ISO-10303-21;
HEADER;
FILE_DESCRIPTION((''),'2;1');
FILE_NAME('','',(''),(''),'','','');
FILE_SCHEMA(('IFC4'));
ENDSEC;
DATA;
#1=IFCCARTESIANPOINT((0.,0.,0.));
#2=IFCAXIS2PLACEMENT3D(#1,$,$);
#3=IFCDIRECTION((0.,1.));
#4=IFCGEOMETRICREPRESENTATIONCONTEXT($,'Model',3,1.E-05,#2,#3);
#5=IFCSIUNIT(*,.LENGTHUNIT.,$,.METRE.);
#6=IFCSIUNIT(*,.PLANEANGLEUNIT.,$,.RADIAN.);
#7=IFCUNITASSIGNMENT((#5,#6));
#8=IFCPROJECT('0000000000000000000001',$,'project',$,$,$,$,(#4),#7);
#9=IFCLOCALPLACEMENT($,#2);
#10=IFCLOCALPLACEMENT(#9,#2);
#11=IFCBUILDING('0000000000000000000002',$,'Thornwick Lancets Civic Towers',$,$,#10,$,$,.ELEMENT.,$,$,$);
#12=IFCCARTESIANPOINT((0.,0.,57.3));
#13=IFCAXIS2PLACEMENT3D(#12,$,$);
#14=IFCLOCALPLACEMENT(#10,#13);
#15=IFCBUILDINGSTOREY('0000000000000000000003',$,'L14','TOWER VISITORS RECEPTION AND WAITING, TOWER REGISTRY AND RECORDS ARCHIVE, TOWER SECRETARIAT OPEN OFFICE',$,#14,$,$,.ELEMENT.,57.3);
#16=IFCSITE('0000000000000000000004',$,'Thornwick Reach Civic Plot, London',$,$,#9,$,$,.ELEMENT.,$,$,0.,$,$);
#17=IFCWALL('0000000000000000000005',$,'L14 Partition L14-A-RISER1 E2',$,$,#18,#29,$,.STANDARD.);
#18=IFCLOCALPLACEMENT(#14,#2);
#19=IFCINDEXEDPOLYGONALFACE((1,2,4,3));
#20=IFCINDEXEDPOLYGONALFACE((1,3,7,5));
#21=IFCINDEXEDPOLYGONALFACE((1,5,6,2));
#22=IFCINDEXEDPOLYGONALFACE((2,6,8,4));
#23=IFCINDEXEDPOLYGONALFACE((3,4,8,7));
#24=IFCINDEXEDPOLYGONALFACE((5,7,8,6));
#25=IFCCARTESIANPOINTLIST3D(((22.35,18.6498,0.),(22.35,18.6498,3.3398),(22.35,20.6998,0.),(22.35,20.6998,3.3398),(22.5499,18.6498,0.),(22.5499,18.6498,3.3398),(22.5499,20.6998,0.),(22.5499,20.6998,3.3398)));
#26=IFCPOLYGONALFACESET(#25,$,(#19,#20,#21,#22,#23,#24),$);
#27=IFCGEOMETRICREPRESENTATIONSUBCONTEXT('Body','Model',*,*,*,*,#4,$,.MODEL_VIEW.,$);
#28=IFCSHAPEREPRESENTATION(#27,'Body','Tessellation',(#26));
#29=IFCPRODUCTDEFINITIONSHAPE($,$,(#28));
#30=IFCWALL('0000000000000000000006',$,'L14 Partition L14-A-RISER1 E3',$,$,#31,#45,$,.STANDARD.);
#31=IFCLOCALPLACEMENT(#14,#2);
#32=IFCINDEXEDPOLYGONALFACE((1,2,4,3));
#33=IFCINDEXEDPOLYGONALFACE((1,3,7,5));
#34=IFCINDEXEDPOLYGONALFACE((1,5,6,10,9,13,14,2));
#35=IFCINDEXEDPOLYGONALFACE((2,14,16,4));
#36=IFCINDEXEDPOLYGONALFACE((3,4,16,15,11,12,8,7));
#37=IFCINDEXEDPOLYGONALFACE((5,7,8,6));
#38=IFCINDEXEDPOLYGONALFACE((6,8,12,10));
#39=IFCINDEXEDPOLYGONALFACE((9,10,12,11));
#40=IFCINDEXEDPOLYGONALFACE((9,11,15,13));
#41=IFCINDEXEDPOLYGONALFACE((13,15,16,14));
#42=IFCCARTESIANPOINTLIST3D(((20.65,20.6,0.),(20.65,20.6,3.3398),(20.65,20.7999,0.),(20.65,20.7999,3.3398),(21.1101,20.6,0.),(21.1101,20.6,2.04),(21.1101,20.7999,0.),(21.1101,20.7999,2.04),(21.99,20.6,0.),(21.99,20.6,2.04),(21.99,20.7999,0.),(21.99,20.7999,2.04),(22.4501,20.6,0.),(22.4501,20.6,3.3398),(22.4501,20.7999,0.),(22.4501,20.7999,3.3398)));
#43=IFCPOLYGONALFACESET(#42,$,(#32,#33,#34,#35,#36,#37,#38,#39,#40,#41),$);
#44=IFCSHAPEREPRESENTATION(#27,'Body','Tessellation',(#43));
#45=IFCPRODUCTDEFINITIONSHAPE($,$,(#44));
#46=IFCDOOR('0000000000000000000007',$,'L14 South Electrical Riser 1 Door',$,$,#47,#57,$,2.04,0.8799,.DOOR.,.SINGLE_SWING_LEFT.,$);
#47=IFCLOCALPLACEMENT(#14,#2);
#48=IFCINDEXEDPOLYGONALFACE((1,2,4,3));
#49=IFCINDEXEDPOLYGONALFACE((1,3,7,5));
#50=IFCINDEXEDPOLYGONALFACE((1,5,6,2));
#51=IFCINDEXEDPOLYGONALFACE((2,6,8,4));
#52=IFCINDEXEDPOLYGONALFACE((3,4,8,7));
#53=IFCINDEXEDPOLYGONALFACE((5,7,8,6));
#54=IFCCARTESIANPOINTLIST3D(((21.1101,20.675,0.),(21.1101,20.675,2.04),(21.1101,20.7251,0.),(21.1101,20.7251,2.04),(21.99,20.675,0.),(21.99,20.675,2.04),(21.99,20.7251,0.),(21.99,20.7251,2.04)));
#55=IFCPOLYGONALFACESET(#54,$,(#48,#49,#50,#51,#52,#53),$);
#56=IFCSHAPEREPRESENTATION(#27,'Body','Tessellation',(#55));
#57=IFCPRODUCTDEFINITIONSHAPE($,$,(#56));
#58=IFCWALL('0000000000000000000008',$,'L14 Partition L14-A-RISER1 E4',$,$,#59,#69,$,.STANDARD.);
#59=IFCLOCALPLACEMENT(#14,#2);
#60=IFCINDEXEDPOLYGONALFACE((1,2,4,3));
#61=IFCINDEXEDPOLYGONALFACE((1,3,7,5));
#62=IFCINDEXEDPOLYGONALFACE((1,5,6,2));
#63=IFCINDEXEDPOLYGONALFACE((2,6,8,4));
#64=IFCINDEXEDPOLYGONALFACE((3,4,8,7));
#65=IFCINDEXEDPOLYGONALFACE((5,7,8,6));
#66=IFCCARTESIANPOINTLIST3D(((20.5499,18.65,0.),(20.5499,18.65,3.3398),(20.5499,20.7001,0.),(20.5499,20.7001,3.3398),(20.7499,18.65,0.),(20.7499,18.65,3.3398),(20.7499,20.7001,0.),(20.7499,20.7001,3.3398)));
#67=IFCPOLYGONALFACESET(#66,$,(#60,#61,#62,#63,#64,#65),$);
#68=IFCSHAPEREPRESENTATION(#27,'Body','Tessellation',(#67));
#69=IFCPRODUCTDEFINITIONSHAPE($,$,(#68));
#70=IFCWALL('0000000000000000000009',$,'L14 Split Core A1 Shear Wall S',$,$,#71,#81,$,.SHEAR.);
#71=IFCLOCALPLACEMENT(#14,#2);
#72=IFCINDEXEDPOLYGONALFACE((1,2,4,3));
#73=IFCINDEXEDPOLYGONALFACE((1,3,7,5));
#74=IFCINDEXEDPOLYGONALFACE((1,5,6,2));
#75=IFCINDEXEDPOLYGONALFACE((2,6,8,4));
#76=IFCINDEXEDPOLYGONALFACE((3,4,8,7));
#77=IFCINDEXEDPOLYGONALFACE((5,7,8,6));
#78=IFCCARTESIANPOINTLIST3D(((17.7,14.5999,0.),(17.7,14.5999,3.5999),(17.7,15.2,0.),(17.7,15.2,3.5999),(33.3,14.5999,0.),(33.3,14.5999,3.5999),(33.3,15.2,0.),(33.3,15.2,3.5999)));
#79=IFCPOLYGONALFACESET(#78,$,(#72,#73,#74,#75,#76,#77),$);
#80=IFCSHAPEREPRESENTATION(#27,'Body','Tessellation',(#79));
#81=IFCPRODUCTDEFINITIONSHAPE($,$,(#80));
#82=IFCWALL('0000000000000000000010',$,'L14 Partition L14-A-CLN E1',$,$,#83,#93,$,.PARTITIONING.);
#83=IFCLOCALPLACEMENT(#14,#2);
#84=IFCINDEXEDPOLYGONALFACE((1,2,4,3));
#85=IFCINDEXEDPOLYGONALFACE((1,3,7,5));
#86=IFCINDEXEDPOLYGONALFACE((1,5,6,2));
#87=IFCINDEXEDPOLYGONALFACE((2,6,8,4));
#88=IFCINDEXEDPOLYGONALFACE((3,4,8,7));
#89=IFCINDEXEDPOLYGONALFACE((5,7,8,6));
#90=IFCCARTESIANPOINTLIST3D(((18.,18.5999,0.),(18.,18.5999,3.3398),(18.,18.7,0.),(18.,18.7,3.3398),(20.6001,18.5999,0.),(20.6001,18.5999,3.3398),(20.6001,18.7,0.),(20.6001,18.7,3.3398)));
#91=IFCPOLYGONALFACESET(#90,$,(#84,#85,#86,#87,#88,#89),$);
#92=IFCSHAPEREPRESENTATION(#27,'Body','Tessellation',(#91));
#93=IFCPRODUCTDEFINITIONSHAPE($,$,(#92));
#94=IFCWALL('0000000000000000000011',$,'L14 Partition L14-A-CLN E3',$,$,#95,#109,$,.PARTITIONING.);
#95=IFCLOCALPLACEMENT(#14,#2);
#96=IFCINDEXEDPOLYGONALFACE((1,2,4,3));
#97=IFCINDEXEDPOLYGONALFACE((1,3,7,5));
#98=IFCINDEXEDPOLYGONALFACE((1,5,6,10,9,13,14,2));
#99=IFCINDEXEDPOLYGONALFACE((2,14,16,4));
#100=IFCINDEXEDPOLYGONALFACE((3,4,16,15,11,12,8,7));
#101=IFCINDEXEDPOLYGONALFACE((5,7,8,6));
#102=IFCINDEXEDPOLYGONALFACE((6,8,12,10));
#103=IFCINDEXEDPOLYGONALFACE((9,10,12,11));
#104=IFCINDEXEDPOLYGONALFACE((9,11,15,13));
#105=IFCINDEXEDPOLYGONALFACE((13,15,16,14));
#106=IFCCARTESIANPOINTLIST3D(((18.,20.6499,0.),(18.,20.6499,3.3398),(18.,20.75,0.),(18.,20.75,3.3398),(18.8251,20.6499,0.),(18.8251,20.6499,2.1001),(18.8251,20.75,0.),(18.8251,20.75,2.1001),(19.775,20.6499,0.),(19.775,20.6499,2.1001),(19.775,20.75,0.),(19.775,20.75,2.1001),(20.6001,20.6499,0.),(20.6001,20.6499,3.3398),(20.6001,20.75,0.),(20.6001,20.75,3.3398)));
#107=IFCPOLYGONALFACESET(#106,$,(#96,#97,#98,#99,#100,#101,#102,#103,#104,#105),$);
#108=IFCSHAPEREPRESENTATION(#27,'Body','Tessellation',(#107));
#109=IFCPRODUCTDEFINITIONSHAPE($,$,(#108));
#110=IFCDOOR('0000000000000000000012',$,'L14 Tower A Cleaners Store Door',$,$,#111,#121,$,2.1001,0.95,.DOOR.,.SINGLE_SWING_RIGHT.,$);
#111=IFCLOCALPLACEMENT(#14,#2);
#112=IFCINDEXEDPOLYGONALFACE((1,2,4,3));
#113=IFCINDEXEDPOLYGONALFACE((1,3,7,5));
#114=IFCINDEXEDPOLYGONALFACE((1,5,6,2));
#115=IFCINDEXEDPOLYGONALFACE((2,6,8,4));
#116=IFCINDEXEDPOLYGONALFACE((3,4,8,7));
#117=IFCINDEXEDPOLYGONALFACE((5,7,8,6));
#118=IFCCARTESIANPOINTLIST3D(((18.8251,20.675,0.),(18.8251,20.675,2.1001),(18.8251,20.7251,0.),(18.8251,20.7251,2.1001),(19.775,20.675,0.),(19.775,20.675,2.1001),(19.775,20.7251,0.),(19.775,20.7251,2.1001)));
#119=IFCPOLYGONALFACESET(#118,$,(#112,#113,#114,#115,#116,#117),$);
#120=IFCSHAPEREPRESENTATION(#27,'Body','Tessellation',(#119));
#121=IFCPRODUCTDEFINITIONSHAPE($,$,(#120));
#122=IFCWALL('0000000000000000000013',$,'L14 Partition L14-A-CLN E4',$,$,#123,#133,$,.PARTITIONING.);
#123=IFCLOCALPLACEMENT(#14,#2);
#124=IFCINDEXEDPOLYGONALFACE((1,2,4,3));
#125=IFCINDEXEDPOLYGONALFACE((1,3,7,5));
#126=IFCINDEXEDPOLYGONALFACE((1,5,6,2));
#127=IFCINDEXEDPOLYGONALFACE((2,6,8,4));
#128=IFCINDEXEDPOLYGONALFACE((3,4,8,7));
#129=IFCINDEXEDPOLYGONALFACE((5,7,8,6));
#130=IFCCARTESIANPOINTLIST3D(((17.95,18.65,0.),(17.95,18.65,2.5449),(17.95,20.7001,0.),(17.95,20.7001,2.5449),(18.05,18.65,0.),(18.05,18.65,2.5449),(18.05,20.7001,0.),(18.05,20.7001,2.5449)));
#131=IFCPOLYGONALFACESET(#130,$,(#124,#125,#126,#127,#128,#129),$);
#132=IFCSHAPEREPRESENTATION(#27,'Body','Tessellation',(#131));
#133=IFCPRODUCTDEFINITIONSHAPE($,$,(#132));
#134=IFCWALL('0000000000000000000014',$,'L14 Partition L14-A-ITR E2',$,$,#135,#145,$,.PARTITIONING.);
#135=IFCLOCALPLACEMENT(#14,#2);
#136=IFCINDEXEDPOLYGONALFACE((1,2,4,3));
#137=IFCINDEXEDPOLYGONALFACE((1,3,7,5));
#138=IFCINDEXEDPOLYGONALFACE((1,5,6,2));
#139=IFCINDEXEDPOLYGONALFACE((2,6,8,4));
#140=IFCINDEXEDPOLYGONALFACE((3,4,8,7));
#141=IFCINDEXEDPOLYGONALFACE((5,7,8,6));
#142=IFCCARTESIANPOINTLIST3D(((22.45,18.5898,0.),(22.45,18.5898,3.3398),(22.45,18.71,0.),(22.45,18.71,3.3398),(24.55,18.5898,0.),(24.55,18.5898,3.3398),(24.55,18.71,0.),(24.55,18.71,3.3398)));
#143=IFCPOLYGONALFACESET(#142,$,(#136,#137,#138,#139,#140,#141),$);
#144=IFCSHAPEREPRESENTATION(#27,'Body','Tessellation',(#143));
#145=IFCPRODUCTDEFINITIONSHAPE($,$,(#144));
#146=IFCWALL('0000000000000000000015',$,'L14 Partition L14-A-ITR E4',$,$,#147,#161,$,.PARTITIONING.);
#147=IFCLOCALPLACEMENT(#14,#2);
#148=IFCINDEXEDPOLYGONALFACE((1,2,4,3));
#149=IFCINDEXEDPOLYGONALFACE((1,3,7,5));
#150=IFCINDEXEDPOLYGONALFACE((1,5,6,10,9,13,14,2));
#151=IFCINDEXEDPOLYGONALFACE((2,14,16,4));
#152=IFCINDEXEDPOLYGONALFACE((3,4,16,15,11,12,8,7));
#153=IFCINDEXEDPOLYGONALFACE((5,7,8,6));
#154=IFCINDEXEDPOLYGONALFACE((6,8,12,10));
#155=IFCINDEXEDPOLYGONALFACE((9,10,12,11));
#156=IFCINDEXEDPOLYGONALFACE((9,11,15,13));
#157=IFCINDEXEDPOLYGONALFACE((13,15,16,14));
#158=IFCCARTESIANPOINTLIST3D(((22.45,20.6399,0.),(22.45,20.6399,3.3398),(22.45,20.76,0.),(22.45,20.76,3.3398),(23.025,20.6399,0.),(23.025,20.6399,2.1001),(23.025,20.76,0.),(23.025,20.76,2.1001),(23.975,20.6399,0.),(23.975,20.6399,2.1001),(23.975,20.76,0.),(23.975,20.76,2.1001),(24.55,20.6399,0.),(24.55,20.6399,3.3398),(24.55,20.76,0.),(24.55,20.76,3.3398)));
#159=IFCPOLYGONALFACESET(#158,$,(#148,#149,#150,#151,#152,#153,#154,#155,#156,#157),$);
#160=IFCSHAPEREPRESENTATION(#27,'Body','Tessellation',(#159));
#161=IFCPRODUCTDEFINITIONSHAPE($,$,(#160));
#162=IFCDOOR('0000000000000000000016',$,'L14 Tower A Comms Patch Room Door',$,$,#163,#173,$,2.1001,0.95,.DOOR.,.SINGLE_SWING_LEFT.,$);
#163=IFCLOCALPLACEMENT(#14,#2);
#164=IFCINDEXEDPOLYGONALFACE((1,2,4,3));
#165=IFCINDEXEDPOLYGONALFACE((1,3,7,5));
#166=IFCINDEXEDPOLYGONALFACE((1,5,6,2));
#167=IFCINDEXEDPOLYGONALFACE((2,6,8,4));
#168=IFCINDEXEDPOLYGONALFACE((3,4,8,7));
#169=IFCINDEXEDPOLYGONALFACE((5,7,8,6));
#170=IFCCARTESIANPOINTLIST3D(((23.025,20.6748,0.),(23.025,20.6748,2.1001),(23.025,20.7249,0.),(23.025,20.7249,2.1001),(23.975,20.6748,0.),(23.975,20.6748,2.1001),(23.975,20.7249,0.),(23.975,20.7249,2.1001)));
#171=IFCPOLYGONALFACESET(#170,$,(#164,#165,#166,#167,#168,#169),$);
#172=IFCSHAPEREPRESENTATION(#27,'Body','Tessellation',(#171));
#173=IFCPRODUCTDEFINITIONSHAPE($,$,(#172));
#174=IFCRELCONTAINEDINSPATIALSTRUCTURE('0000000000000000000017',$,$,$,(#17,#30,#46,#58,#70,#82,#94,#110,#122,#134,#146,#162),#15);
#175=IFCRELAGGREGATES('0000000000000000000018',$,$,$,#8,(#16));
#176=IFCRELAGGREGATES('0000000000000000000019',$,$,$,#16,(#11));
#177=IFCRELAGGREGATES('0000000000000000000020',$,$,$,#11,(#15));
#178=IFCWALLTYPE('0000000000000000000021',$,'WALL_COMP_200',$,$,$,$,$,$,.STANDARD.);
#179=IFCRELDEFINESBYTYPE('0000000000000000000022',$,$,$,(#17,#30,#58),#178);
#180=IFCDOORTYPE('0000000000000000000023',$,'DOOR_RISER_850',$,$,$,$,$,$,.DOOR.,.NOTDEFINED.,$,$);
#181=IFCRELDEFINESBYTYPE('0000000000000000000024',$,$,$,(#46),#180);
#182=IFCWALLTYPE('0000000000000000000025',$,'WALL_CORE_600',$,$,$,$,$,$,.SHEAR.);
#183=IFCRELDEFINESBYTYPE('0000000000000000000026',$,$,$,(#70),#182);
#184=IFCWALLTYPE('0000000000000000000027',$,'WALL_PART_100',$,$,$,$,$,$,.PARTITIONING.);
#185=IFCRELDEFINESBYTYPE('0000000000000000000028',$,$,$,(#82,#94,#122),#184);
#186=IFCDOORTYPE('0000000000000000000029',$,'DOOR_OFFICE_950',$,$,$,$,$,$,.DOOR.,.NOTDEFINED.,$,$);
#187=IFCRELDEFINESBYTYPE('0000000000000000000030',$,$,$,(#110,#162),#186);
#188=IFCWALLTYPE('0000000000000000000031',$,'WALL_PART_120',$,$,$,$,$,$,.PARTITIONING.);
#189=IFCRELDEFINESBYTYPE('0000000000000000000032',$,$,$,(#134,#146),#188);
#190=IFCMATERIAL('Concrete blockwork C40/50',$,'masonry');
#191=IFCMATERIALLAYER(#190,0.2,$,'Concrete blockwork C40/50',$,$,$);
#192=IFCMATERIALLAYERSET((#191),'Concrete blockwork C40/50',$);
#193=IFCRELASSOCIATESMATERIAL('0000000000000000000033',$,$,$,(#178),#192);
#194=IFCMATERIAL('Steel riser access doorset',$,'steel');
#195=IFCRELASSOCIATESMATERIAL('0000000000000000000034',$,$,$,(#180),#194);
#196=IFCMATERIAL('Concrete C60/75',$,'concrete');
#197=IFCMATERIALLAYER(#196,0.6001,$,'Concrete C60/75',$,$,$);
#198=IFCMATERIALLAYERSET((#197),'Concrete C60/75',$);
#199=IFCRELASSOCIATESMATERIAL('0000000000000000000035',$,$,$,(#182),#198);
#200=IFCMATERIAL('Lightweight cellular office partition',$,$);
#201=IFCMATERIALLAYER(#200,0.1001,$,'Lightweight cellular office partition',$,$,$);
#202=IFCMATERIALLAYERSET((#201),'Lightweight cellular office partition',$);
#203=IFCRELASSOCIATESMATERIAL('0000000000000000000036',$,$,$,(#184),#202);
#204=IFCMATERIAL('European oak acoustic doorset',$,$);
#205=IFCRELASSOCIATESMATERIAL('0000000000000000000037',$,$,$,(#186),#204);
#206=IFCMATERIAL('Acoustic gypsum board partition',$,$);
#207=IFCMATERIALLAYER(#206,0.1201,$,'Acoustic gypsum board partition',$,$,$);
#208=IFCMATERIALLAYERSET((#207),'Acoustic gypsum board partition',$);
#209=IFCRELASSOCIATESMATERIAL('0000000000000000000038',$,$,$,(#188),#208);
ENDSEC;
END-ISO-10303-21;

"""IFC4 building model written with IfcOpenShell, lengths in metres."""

from ifc_helpers import new_model, si_unit, direction, frame, frame_2d, origin, place, context, subcontext, project, spatial, rectangle, extrude, material, layer, layer_set, type_object, element, fill, save


model = new_model("IFC4")

# Units and contexts
model_context = context("Model", 3, precision=1e-05, world=origin(), true_north=direction((0.0, 1.0)))
body_context = subcontext(model_context, "Body", "Model", "MODEL_VIEW")
ifc_project = project(units=[si_unit("LENGTHUNIT", "METRE"), si_unit("PLANEANGLEUNIT", "RADIAN")], contexts=[model_context])

# Site, building, storey
site_placement = place(None, origin())
site = spatial("IfcSite", under=ifc_project, at=site_placement, Name="Thornwick Reach Civic Plot, London", CompositionType="ELEMENT", RefElevation=0.0)
building_placement = place(site_placement, origin())
building = spatial("IfcBuilding", under=site, at=building_placement, Name="Thornwick Lancets Civic Towers", CompositionType="ELEMENT")
storey_placement = place(building_placement, frame((0.0, 0.0, 57.3)))
storey = spatial("IfcBuildingStorey", under=building, at=storey_placement, Name="L14", Description="TOWER VISITORS RECEPTION AND WAITING, TOWER REGISTRY AND RECORDS ARCHIVE, TOWER SECRETARIAT OPEN OFFICE", CompositionType="ELEMENT", Elevation=57.3)

# Shared definitions
ifc_material_1 = material(Name="Concrete C60/75", Category="concrete")

# Shared definitions
ifc_material_2 = material(Name="Concrete blockwork C40/50", Category="masonry")
ifc_layer_1 = layer(ifc_material_2, 0.2, Name="Concrete blockwork C40/50")
ifc_layer_set_1 = layer_set([ifc_layer_1], Name="Concrete blockwork C40/50")
wall_type_1 = type_object("IfcWallType", Name="WALL_COMP_200", PredefinedType="STANDARD", material=ifc_layer_set_1)

# Wall
wall_1_placement = place(storey_placement, frame((22.45, 18.6499, 0.0), z_axis=(0.0, 0.0, 1.0), x_axis=(0.0, 1.0, 0.0)))
element("IfcWall", 1, at=wall_1_placement, inside=storey, type_object=wall_type_1, Name="L14 Partition L14-A-RISER1 E2", PredefinedType="STANDARD", context=body_context, shape_type="SweptSolid", body=[
    extrude(rectangle(XDim=2.05, YDim=0.2, at=frame_2d((1.0249, 0.0))), origin(), (0.0, 0.0, 1.0), 3.3398),
])

# Wall, opening, door
wall_2_placement = place(storey_placement, frame((22.45, 20.7, 0.0), z_axis=(0.0, 0.0, 1.0), x_axis=(-1.0, 0.0, 0.0)))
wall_2 = element("IfcWall", 2, at=wall_2_placement, inside=storey, type_object=wall_type_1, Name="L14 Partition L14-A-RISER1 E3", PredefinedType="STANDARD", context=body_context, shape_type="SweptSolid", body=[
    extrude(rectangle(XDim=1.8, YDim=0.2, at=frame_2d((0.8999, 0.0))), origin(), (0.0, 0.0, 1.0), 3.3398),
])
opening_1_placement = place(wall_2_placement, frame((0.46, 0.0, 0.0)))
opening_1 = element("IfcOpeningElement", 3, at=opening_1_placement, cuts=wall_2, PredefinedType="OPENING", context=body_context, shape_type="SweptSolid", body=[
    extrude(rectangle(XDim=0.8799, YDim=2.04, at=frame_2d((0.4399, 1.02))), frame((0.0, 0.1099, 0.0), z_axis=(0.0, -1.0, 0.0), x_axis=(1.0, 0.0, 0.0)), (0.0, 0.0, 1.0), 0.22),
])
ifc_material_3 = material(Name="Steel riser access doorset", Category="steel")
door_type_1 = type_object("IfcDoorType", Name="DOOR_RISER_850", OperationType="NOTDEFINED", PredefinedType="DOOR", material=ifc_material_3)
door_1_placement = place(opening_1_placement, origin())
door_1 = element("IfcDoor", 4, at=door_1_placement, inside=storey, type_object=door_type_1, Name="L14 South Electrical Riser 1 Door", OperationType="SINGLE_SWING_LEFT", OverallHeight=2.04, OverallWidth=0.8799, PredefinedType="DOOR", context=body_context, shape_type="SweptSolid", body=[
    extrude(rectangle(XDim=0.8799, YDim=2.04, at=frame_2d((0.4399, 1.02))), frame((0.0, 0.0249, 0.0), z_axis=(0.0, -1.0, 0.0), x_axis=(1.0, 0.0, 0.0)), (0.0, 0.0, 1.0), 0.05),
])
fill(opening_1, door_1)

# Walls
wall_3_placement = place(storey_placement, frame((20.6499, 20.7, 0.0), z_axis=(0.0, 0.0, 1.0), x_axis=(0.0, -1.0, 0.0)))
element("IfcWall", 5, at=wall_3_placement, inside=storey, type_object=wall_type_1, Name="L14 Partition L14-A-RISER1 E4", PredefinedType="STANDARD", context=body_context, shape_type="SweptSolid", body=[
    extrude(rectangle(XDim=2.05, YDim=0.2, at=frame_2d((1.0249, 0.0))), origin(), (0.0, 0.0, 1.0), 3.3398),
])
ifc_layer_2 = layer(ifc_material_1, 0.6001, Name="Concrete C60/75")
ifc_layer_set_2 = layer_set([ifc_layer_2], Name="Concrete C60/75")
wall_type_2 = type_object("IfcWallType", Name="WALL_CORE_600", PredefinedType="SHEAR", material=ifc_layer_set_2)
wall_4_placement = place(storey_placement, frame((17.7, 14.8999, 0.0), z_axis=(0.0, 0.0, 1.0), x_axis=(1.0, 0.0, 0.0)))
element("IfcWall", 6, at=wall_4_placement, inside=storey, type_object=wall_type_2, Name="L14 Split Core A1 Shear Wall S", PredefinedType="SHEAR", context=body_context, shape_type="SweptSolid", body=[
    extrude(rectangle(XDim=15.6001, YDim=0.6001, at=frame_2d((7.8, 0.0))), origin(), (0.0, 0.0, 1.0), 3.5999),
])
ifc_material_4 = material(Name="Lightweight cellular office partition")
ifc_layer_3 = layer(ifc_material_4, 0.1001, Name="Lightweight cellular office partition")
ifc_layer_set_3 = layer_set([ifc_layer_3], Name="Lightweight cellular office partition")
wall_type_3 = type_object("IfcWallType", Name="WALL_PART_100", PredefinedType="PARTITIONING", material=ifc_layer_set_3)
wall_5_placement = place(storey_placement, frame((18.0, 18.6499, 0.0), z_axis=(0.0, 0.0, 1.0), x_axis=(1.0, 0.0, 0.0)))
element("IfcWall", 7, at=wall_5_placement, inside=storey, type_object=wall_type_3, Name="L14 Partition L14-A-CLN E1", PredefinedType="PARTITIONING", context=body_context, shape_type="SweptSolid", body=[
    extrude(rectangle(XDim=2.6001, YDim=0.1001, at=frame_2d((1.3, 0.0))), origin(), (0.0, 0.0, 1.0), 3.3398),
])

# Wall, opening, door
wall_6_placement = place(storey_placement, frame((20.6001, 20.7, 0.0), z_axis=(0.0, 0.0, 1.0), x_axis=(-1.0, 0.0, 0.0)))
wall_6 = element("IfcWall", 8, at=wall_6_placement, inside=storey, type_object=wall_type_3, Name="L14 Partition L14-A-CLN E3", PredefinedType="PARTITIONING", context=body_context, shape_type="SweptSolid", body=[
    extrude(rectangle(XDim=2.6001, YDim=0.1001, at=frame_2d((1.3, 0.0))), origin(), (0.0, 0.0, 1.0), 3.3398),
])
opening_2_placement = place(wall_6_placement, frame((0.825, 0.0, 0.0)))
opening_2 = element("IfcOpeningElement", 9, at=opening_2_placement, cuts=wall_6, PredefinedType="OPENING", context=body_context, shape_type="SweptSolid", body=[
    extrude(rectangle(XDim=0.95, YDim=2.1001, at=frame_2d((0.4751, 1.05))), frame((0.0, 0.0601, 0.0), z_axis=(0.0, -1.0, 0.0), x_axis=(1.0, 0.0, 0.0)), (0.0, 0.0, 1.0), 0.1201),
])
ifc_material_5 = material(Name="European oak acoustic doorset")
door_type_2 = type_object("IfcDoorType", Name="DOOR_OFFICE_950", OperationType="NOTDEFINED", PredefinedType="DOOR", material=ifc_material_5)
door_2_placement = place(opening_2_placement, origin())
door_2 = element("IfcDoor", 10, at=door_2_placement, inside=storey, type_object=door_type_2, Name="L14 Tower A Cleaners Store Door", OperationType="SINGLE_SWING_RIGHT", OverallHeight=2.1001, OverallWidth=0.95, PredefinedType="DOOR", context=body_context, shape_type="SweptSolid", body=[
    extrude(rectangle(XDim=0.95, YDim=2.1001, at=frame_2d((0.4751, 1.05))), frame((0.0, 0.0249, 0.0), z_axis=(0.0, -1.0, 0.0), x_axis=(1.0, 0.0, 0.0)), (0.0, 0.0, 1.0), 0.05),
])
fill(opening_2, door_2)

# Walls
wall_7_placement = place(storey_placement, frame((18.0, 20.7, 0.0), z_axis=(0.0, 0.0, 1.0), x_axis=(0.0, -1.0, 0.0)))
element("IfcWall", 11, at=wall_7_placement, inside=storey, type_object=wall_type_3, Name="L14 Partition L14-A-CLN E4", PredefinedType="PARTITIONING", context=body_context, shape_type="SweptSolid", body=[
    extrude(rectangle(XDim=2.05, YDim=0.1001, at=frame_2d((1.0249, 0.0))), origin(), (0.0, 0.0, 1.0), 2.5449),
])
ifc_material_6 = material(Name="Acoustic gypsum board partition")
ifc_layer_4 = layer(ifc_material_6, 0.1201, Name="Acoustic gypsum board partition")
ifc_layer_set_4 = layer_set([ifc_layer_4], Name="Acoustic gypsum board partition")
wall_type_4 = type_object("IfcWallType", Name="WALL_PART_120", PredefinedType="PARTITIONING", material=ifc_layer_set_4)
wall_8_placement = place(storey_placement, frame((24.55, 18.6499, 0.0), z_axis=(0.0, 0.0, 1.0), x_axis=(-1.0, 0.0, 0.0)))
element("IfcWall", 12, at=wall_8_placement, inside=storey, type_object=wall_type_4, Name="L14 Partition L14-A-ITR E2", PredefinedType="PARTITIONING", context=body_context, shape_type="SweptSolid", body=[
    extrude(rectangle(XDim=2.1001, YDim=0.1201, at=frame_2d((1.05, 0.0))), origin(), (0.0, 0.0, 1.0), 3.3398),
])

# Wall, opening, door
wall_9_placement = place(storey_placement, frame((22.45, 20.7, 0.0), z_axis=(0.0, 0.0, 1.0), x_axis=(1.0, 0.0, 0.0)))
wall_9 = element("IfcWall", 13, at=wall_9_placement, inside=storey, type_object=wall_type_4, Name="L14 Partition L14-A-ITR E4", PredefinedType="PARTITIONING", context=body_context, shape_type="SweptSolid", body=[
    extrude(rectangle(XDim=2.1001, YDim=0.1201, at=frame_2d((1.05, 0.0))), origin(), (0.0, 0.0, 1.0), 3.3398),
])
opening_3_placement = place(wall_9_placement, frame((0.575, 0.0, 0.0)))
opening_3 = element("IfcOpeningElement", 14, at=opening_3_placement, cuts=wall_9, PredefinedType="OPENING", context=body_context, shape_type="SweptSolid", body=[
    extrude(rectangle(XDim=0.95, YDim=2.1001, at=frame_2d((0.4751, 1.05))), frame((0.0, 0.0701, 0.0), z_axis=(0.0, -1.0, 0.0), x_axis=(1.0, 0.0, 0.0)), (0.0, 0.0, 1.0), 0.1401),
])
door_3_placement = place(opening_3_placement, origin())
door_3 = element("IfcDoor", 15, at=door_3_placement, inside=storey, type_object=door_type_2, Name="L14 Tower A Comms Patch Room Door", OperationType="SINGLE_SWING_LEFT", OverallHeight=2.1001, OverallWidth=0.95, PredefinedType="DOOR", context=body_context, shape_type="SweptSolid", body=[
    extrude(rectangle(XDim=0.95, YDim=2.1001, at=frame_2d((0.4751, 1.05))), frame((0.0, 0.0249, 0.0), z_axis=(0.0, -1.0, 0.0), x_axis=(1.0, 0.0, 0.0)), (0.0, 0.0, 1.0), 0.05),
])
fill(opening_3, door_3)

save(model, "model.ifc")
